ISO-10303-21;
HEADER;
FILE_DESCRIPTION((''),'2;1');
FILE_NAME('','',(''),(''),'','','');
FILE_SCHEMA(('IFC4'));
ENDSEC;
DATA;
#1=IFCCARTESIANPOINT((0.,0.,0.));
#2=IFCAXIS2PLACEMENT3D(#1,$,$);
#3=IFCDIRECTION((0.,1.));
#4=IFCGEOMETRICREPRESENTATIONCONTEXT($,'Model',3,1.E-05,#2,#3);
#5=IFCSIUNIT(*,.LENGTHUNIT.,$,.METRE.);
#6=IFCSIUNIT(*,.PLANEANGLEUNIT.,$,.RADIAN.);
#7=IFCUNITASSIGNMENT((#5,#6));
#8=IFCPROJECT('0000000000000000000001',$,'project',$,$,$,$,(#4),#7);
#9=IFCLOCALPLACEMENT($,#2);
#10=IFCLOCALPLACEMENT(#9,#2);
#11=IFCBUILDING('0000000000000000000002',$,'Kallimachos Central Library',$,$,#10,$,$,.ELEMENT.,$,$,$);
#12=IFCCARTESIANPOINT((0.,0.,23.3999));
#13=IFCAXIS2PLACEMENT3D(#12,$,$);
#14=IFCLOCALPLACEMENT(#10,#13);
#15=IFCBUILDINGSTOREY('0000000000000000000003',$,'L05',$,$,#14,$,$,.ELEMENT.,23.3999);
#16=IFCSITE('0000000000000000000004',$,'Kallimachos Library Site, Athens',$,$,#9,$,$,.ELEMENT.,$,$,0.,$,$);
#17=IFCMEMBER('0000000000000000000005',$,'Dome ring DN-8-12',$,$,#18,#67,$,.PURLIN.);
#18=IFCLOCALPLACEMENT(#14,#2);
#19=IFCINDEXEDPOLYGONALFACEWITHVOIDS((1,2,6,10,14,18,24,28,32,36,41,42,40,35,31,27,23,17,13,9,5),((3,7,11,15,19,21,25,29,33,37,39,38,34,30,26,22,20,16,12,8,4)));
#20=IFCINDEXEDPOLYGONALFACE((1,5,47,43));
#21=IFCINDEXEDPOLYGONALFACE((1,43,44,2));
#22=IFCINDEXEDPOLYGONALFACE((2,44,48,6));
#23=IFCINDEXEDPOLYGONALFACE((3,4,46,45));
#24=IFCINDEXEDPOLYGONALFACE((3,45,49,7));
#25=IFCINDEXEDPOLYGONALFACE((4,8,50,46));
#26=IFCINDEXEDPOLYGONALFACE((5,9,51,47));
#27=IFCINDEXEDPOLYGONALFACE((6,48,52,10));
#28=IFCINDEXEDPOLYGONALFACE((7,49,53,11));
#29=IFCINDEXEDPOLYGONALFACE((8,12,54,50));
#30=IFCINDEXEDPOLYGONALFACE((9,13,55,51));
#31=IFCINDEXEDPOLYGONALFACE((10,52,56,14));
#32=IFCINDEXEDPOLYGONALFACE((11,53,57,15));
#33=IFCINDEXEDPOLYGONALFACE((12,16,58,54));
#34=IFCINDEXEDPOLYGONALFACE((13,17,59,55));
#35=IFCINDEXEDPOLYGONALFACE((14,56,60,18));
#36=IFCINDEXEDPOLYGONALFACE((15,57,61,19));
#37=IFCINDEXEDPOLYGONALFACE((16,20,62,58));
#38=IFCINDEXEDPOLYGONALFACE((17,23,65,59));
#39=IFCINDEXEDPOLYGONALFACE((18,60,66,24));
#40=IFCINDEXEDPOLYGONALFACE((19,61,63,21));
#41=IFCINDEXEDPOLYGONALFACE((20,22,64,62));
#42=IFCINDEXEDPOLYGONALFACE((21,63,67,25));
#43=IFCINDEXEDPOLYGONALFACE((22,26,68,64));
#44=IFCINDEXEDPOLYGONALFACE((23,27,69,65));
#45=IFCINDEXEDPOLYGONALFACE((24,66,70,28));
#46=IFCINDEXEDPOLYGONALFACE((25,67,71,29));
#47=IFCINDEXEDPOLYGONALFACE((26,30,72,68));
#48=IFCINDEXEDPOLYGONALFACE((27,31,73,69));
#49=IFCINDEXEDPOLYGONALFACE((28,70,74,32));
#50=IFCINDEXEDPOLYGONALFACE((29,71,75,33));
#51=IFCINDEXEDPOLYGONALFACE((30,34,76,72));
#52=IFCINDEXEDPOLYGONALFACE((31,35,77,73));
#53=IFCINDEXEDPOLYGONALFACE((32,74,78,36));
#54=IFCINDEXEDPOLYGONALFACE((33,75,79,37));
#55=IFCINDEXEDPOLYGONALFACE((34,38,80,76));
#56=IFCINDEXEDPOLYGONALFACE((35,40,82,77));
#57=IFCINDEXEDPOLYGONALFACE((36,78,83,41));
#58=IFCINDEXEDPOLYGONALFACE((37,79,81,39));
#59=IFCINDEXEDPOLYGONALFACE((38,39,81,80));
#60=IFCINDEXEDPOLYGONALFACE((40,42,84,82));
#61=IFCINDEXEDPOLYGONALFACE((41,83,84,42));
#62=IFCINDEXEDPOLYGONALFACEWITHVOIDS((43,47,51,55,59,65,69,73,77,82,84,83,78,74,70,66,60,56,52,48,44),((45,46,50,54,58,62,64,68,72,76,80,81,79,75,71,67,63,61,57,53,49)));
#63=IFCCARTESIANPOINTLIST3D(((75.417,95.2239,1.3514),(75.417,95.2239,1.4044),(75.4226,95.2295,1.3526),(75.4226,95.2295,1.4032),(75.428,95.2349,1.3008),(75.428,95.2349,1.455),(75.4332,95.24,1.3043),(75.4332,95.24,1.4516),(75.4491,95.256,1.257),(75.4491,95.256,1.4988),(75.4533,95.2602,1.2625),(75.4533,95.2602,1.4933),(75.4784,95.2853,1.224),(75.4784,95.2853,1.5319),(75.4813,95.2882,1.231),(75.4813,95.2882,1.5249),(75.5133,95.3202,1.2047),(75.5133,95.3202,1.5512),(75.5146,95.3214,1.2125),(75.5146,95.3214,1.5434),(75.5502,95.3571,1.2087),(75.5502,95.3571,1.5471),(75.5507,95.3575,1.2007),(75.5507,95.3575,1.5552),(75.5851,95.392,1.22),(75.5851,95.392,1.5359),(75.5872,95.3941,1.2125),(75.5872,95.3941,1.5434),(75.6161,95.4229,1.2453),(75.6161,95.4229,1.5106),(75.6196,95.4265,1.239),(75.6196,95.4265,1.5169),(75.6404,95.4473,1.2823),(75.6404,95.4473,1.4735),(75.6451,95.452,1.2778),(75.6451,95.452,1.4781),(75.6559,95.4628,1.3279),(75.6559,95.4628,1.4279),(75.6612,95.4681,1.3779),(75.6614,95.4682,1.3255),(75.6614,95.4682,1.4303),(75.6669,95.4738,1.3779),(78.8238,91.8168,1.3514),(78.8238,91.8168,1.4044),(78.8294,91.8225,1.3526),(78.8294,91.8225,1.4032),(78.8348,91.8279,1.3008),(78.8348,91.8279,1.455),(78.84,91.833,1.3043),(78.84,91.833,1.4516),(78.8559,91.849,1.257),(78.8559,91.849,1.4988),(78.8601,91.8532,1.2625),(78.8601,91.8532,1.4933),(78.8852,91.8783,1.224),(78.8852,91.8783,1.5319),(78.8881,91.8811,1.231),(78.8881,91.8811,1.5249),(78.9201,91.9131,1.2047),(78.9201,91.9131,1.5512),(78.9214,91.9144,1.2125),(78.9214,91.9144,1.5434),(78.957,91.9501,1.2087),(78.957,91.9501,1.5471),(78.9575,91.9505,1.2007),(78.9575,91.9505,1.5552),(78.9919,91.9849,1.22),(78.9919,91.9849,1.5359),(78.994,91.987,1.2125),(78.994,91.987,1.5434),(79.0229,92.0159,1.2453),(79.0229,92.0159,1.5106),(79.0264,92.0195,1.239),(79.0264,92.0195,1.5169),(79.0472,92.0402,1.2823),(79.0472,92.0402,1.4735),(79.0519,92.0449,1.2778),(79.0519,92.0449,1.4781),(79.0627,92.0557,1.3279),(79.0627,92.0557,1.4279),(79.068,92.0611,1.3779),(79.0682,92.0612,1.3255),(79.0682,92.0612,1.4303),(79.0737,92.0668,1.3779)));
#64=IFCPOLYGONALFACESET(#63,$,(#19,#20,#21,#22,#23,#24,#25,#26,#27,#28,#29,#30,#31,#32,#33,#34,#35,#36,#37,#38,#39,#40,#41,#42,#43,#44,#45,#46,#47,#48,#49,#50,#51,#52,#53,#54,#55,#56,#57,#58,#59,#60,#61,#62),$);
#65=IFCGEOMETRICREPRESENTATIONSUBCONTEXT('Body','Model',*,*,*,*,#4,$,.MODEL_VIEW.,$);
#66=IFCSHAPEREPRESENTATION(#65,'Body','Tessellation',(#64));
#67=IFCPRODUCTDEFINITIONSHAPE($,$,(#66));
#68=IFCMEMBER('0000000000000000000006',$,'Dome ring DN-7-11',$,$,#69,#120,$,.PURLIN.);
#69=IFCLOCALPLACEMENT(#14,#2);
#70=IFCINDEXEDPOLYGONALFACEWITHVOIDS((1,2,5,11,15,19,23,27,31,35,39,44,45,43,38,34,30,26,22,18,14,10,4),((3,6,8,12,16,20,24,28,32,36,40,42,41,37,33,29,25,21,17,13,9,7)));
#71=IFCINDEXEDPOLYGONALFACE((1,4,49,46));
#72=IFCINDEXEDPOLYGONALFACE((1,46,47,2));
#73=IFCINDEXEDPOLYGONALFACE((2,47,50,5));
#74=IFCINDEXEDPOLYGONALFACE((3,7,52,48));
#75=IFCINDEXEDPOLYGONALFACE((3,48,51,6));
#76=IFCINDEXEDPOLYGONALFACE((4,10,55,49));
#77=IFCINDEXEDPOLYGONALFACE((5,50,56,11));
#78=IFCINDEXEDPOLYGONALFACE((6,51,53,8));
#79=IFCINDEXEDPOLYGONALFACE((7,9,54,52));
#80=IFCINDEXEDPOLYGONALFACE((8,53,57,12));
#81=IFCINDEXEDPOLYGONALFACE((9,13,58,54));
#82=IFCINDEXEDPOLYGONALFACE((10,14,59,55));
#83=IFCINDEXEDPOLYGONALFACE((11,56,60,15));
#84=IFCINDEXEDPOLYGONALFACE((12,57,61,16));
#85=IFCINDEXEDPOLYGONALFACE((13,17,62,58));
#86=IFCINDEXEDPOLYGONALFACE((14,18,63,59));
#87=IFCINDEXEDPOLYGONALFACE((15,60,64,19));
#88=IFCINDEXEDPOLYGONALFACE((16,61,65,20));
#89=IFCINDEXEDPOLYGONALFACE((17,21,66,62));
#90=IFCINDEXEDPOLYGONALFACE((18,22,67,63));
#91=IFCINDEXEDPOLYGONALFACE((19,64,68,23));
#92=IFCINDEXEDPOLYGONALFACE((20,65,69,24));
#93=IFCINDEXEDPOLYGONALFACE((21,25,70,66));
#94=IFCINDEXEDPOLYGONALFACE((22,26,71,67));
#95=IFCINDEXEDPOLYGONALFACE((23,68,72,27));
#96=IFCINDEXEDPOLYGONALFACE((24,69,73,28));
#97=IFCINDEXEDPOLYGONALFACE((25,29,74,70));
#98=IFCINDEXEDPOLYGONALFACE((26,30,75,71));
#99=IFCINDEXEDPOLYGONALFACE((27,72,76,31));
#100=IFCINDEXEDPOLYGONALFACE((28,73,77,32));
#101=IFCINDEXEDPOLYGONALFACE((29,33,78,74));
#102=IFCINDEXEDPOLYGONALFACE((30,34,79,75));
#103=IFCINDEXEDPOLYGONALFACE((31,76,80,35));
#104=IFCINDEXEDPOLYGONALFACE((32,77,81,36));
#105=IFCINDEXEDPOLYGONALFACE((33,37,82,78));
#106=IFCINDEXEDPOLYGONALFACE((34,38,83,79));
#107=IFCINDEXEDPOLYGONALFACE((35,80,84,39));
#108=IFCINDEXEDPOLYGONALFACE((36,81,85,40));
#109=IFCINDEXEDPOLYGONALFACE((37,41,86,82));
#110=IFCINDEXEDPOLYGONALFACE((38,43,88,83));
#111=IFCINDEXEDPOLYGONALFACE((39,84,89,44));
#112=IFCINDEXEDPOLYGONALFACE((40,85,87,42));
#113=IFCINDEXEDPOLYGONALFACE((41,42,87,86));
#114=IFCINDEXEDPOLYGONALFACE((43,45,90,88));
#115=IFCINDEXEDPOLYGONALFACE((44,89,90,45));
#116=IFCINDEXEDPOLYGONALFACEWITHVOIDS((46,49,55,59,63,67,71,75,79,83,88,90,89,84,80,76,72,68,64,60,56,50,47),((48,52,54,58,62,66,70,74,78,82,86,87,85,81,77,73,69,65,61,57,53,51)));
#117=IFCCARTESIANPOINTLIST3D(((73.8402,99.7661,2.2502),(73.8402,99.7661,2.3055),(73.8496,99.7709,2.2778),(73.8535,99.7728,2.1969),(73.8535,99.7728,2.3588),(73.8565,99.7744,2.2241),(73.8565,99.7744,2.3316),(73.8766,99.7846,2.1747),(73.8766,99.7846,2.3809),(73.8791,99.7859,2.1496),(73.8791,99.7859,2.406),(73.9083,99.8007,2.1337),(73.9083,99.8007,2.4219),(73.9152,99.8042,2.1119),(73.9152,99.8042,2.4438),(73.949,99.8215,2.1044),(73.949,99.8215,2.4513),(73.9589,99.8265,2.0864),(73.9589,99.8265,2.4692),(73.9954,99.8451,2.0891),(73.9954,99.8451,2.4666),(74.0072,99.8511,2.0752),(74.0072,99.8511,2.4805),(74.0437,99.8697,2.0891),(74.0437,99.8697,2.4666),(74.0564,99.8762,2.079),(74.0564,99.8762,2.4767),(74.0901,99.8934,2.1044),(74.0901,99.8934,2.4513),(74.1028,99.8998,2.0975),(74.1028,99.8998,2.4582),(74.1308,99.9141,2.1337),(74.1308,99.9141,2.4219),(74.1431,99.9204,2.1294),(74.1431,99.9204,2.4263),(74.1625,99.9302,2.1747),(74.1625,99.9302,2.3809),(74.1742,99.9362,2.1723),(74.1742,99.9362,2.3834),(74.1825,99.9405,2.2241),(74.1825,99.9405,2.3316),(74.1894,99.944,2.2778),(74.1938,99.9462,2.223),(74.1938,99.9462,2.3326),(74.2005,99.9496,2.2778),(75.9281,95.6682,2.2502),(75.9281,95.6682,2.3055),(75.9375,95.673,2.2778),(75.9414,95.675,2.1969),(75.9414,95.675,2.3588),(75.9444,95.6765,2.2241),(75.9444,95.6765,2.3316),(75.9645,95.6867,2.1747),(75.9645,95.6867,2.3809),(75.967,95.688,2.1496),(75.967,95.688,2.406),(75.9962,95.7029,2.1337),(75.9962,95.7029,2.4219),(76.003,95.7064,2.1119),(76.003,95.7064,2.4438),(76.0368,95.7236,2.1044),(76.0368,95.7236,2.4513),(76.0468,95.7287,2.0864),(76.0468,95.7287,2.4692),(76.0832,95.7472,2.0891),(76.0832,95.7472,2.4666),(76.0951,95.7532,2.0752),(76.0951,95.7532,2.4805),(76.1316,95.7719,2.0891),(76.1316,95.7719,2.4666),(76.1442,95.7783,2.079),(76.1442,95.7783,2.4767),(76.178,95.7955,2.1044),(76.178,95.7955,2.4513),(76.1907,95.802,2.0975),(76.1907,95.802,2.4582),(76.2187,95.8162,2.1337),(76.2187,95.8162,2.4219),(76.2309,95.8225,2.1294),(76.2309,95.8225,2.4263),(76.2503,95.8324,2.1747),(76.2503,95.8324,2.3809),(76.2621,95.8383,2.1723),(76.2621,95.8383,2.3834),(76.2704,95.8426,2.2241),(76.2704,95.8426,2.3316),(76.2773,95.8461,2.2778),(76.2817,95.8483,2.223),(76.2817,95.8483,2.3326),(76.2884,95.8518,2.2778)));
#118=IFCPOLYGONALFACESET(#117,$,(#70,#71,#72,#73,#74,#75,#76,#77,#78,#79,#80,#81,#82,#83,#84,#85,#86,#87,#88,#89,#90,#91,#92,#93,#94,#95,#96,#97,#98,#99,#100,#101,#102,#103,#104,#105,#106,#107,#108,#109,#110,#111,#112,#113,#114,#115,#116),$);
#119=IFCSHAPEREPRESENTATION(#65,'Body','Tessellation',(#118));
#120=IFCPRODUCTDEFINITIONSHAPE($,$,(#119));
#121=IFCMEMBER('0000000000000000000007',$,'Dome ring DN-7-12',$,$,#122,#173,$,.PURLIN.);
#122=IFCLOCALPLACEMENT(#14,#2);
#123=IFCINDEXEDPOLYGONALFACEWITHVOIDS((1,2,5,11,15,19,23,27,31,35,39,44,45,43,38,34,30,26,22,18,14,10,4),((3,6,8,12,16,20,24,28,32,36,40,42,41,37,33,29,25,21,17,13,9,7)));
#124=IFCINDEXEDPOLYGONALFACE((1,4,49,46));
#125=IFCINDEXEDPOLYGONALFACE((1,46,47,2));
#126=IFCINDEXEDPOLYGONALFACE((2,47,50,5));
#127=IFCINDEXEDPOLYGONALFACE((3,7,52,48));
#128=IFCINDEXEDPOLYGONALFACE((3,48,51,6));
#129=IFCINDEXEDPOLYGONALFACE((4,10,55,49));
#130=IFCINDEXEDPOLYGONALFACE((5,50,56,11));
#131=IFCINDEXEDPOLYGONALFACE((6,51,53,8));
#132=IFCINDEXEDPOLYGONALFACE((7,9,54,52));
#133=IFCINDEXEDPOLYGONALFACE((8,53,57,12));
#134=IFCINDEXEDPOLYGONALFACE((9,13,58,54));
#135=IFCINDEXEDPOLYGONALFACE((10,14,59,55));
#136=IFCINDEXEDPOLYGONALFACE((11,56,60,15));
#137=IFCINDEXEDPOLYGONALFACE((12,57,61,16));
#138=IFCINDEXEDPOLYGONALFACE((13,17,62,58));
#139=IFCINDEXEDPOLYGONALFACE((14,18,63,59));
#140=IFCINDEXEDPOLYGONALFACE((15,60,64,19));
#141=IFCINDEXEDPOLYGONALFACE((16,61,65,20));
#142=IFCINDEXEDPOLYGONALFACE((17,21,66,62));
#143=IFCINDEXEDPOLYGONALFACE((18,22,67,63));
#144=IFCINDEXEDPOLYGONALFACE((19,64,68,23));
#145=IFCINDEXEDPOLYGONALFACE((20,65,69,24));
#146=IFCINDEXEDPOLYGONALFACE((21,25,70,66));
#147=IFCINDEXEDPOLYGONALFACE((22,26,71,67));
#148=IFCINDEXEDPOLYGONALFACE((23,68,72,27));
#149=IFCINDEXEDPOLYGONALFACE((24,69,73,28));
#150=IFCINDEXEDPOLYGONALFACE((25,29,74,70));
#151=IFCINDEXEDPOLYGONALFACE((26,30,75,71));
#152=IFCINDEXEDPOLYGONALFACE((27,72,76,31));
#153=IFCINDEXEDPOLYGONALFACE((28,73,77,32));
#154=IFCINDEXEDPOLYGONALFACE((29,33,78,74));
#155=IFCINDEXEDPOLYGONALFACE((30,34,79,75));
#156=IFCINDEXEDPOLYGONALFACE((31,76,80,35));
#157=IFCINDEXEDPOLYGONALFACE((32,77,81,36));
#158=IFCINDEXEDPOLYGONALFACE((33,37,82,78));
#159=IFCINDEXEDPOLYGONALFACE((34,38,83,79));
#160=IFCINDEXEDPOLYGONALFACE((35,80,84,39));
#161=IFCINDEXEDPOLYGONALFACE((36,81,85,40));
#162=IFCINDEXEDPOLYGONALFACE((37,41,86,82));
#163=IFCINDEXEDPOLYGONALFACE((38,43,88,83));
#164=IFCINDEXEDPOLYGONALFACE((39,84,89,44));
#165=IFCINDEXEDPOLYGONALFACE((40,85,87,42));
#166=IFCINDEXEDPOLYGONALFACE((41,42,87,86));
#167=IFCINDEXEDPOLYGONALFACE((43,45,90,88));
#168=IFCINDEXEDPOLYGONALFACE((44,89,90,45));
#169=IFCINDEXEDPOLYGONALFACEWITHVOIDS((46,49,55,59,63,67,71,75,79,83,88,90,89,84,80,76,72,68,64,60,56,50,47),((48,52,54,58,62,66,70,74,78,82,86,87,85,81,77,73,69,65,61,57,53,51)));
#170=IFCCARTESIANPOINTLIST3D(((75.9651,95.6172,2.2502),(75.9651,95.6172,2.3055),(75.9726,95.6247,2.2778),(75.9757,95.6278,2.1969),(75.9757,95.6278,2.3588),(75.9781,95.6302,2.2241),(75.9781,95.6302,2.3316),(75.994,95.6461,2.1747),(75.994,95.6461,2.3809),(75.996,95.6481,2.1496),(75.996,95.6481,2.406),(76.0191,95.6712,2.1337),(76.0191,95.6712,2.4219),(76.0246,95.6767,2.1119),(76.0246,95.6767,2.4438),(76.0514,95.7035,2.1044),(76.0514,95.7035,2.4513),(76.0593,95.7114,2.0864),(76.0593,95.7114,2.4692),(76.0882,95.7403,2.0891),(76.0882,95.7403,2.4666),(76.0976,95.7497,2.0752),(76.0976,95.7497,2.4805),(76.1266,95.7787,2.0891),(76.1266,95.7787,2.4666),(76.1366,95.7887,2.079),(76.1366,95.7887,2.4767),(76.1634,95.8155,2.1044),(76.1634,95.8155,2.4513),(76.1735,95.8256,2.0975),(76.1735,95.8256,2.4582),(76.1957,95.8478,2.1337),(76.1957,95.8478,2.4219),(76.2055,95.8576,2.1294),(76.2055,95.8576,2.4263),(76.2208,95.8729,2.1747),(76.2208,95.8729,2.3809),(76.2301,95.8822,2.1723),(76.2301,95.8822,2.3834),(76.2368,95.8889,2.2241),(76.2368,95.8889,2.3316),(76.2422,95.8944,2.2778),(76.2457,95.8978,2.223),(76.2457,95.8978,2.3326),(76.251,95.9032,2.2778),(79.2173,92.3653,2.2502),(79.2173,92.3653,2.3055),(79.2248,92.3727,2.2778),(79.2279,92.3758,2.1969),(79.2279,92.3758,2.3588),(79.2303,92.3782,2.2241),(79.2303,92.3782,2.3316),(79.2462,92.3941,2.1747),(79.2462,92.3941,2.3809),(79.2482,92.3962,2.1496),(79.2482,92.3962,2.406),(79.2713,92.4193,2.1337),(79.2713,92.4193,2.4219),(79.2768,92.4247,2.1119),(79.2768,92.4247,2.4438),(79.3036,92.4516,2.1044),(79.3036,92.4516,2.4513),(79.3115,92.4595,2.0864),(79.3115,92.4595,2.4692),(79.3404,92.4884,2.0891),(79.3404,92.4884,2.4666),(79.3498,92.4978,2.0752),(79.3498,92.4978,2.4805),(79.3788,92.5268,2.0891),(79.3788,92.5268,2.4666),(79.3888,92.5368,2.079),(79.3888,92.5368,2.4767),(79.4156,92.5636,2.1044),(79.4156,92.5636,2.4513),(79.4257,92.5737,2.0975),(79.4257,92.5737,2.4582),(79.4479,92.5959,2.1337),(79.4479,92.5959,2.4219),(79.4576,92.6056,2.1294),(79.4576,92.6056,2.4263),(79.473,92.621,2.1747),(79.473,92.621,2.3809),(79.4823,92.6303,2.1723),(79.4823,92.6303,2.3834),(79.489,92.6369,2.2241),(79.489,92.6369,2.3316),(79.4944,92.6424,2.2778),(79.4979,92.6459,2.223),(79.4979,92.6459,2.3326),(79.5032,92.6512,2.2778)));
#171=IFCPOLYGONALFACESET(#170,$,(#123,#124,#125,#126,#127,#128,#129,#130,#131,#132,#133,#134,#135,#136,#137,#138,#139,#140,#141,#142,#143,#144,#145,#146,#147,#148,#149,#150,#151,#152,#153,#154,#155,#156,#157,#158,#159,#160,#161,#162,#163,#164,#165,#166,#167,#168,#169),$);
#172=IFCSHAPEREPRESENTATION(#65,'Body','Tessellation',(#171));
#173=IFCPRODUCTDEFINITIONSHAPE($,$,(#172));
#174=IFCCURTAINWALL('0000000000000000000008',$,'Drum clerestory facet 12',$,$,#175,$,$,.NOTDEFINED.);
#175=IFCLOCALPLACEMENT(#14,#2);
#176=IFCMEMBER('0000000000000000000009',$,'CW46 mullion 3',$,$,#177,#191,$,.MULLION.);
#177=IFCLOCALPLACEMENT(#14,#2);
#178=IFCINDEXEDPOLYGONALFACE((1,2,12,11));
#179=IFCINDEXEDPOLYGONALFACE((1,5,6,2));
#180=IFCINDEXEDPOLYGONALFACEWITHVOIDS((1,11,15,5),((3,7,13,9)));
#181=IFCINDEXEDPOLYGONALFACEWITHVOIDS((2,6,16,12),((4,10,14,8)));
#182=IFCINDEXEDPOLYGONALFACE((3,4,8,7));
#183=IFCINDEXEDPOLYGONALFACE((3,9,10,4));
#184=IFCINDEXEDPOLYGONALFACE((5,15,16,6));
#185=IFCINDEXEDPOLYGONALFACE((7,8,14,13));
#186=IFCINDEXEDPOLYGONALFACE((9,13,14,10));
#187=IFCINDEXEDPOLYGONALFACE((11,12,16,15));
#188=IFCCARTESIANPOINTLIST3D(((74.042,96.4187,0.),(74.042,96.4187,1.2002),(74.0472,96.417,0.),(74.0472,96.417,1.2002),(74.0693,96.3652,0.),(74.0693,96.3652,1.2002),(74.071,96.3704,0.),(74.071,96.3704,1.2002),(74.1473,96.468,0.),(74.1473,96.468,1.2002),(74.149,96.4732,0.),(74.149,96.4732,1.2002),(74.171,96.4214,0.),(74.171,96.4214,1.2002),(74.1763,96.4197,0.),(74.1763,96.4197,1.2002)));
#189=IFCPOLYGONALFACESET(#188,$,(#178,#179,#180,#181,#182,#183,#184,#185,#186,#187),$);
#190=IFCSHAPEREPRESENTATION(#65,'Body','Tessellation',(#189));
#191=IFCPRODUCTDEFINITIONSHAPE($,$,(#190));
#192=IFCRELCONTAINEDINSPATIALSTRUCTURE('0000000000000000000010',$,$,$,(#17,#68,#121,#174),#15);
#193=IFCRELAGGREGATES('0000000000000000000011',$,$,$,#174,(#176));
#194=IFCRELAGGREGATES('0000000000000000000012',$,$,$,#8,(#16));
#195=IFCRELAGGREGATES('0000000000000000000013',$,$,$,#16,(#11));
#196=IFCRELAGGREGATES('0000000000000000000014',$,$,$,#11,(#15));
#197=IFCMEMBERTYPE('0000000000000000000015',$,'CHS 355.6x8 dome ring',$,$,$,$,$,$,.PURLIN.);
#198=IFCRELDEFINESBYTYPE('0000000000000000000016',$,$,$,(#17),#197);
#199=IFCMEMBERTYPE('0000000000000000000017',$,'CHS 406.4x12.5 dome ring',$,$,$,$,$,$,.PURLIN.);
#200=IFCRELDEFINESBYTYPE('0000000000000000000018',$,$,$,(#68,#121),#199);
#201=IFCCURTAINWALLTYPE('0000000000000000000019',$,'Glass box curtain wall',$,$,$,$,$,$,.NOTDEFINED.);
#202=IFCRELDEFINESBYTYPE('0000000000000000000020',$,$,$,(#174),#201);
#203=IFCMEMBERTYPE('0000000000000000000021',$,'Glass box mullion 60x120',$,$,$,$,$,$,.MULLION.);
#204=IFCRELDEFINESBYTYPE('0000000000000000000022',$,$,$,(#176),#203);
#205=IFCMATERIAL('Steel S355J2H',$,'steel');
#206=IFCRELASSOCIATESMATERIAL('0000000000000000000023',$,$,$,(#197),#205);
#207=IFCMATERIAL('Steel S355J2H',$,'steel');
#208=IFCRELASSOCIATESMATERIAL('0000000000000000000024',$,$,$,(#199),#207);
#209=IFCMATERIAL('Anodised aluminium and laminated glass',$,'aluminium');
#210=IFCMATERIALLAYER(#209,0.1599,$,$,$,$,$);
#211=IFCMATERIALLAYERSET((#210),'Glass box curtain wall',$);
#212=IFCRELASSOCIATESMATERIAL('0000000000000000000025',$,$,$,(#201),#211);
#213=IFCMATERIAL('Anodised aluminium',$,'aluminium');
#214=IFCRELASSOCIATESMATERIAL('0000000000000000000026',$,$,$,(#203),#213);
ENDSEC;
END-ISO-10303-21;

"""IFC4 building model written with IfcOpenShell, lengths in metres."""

from ifc_helpers import new_model, si_unit, direction, frame, origin, origin_2d, place, context, subcontext, project, spatial, hollow_rectangle, hollow_circle, extrude, material, layer, layer_set, material_profile, profile_set, type_object, element, aggregate, save


model = new_model("IFC4")

# Units and contexts
model_context = context("Model", 3, precision=1e-05, world=origin(), true_north=direction((0.0, 1.0)))
body_context = subcontext(model_context, "Body", "Model", "MODEL_VIEW")
ifc_project = project(units=[si_unit("LENGTHUNIT", "METRE"), si_unit("PLANEANGLEUNIT", "RADIAN")], contexts=[model_context])

# Site, building, storey
site_placement = place(None, origin())
site = spatial("IfcSite", under=ifc_project, at=site_placement, Name="Kallimachos Library Site, Athens", CompositionType="ELEMENT", RefElevation=0.0)
building_placement = place(site_placement, origin())
building = spatial("IfcBuilding", under=site, at=building_placement, Name="Kallimachos Central Library", CompositionType="ELEMENT")
storey_placement = place(building_placement, frame((0.0, 0.0, 23.3999)))
storey = spatial("IfcBuildingStorey", under=building, at=storey_placement, Name="L05", CompositionType="ELEMENT", Elevation=23.3999)

# Members
ifc_material_1 = material(Name="Steel S355J2H", Category="steel")
ifc_material_profile_1 = material_profile(ifc_material_1, hollow_circle(Radius=0.1777, WallThickness=0.0081, at=origin_2d()), Name="CHS 355.6x8")
ifc_profile_set_1 = profile_set([ifc_material_profile_1], Name="Steel S355J2H")
member_type_1 = type_object("IfcMemberType", Name="CHS 355.6x8 dome ring", PredefinedType="PURLIN", material=ifc_profile_set_1)
member_1_placement = place(storey_placement, frame((75.5413, 95.3481, 1.3779), z_axis=(0.707081, -0.707132, 0.0), x_axis=(0.707132, 0.707081, 0.0)))
element("IfcMember", 1, at=member_1_placement, inside=storey, type_object=member_type_1, Name="Dome ring DN-8-12", PredefinedType="PURLIN", context=body_context, shape_type="SweptSolid", body=[
    extrude(hollow_circle(Radius=0.1777, WallThickness=0.0081, at=origin_2d()), origin(), (0.0, 0.0, 1.0), 4.8181),
])
ifc_material_2 = material(Name="Steel S355J2H", Category="steel")
ifc_material_profile_2 = material_profile(ifc_material_2, hollow_circle(Radius=0.2031, WallThickness=0.0125, at=origin_2d()), Name="CHS 406.4x12.5")
ifc_profile_set_2 = profile_set([ifc_material_profile_2], Name="Steel S355J2H")
member_type_2 = type_object("IfcMemberType", Name="CHS 406.4x12.5 dome ring", PredefinedType="PURLIN", material=ifc_profile_set_2)
for number, where, z_axis, x_axis, name in (
    (2, (74.0195, 99.8574, 2.2778), (0.453974, -0.891015, 0.0), (0.891015, 0.453974, 0.0), "Dome ring DN-7-11"),
    (3, (76.1074, 95.7595, 2.2778), (0.707133, -0.70708, 0.0), (0.70708, 0.707133, 0.0), "Dome ring DN-7-12"),
):
    element("IfcMember", number, at=place(storey_placement, frame(where, z_axis=z_axis, x_axis=x_axis)), inside=storey, type_object=member_type_2, Name=name, PredefinedType="PURLIN", context=body_context, shape_type="SweptSolid", body=[
        extrude(hollow_circle(Radius=0.2031, WallThickness=0.0125, at=origin_2d()), origin(), (0.0, 0.0, 1.0), 4.5991),
    ])

# Curtain wall, member
ifc_material_3 = material(Name="Anodised aluminium and laminated glass", Category="aluminium")
ifc_layer_1 = layer(ifc_material_3, 0.1599)
ifc_layer_set_1 = layer_set([ifc_layer_1], Name="Glass box curtain wall")
curtain_wall_type = type_object("IfcCurtainWallType", Name="Glass box curtain wall", PredefinedType="NOTDEFINED", material=ifc_layer_set_1)
curtain_wall_1_placement = place(storey_placement, origin())
curtain_wall_1 = element("IfcCurtainWall", 4, at=curtain_wall_1_placement, inside=storey, type_object=curtain_wall_type, Name="Drum clerestory facet 12", PredefinedType="NOTDEFINED")
ifc_material_4 = material(Name="Anodised aluminium", Category="aluminium")
ifc_material_profile_3 = material_profile(ifc_material_4, hollow_rectangle(XDim=0.0601, YDim=0.1201, WallThickness=0.0039, at=origin_2d()), Name="ALU MULLION 60x120")
ifc_profile_set_3 = profile_set([ifc_material_profile_3], Name="Anodised aluminium")
member_type_3 = type_object("IfcMemberType", Name="Glass box mullion 60x120", PredefinedType="MULLION", material=ifc_profile_set_3)
member_2_placement = place(storey_placement, frame((74.1091, 96.4192, 0.0), z_axis=(0.0, 0.0, 1.0), x_axis=(0.453991, -0.891006, 0.0)))
member_2 = element("IfcMember", 5, at=member_2_placement, type_object=member_type_3, Name="CW46 mullion 3", PredefinedType="MULLION", context=body_context, shape_type="SweptSolid", body=[
    extrude(hollow_rectangle(XDim=0.0601, YDim=0.1201, WallThickness=0.0039, at=origin_2d()), origin(), (0.0, 0.0, 1.0), 1.2002),
])

aggregate(curtain_wall_1, [member_2])

save(model, "model.ifc")
